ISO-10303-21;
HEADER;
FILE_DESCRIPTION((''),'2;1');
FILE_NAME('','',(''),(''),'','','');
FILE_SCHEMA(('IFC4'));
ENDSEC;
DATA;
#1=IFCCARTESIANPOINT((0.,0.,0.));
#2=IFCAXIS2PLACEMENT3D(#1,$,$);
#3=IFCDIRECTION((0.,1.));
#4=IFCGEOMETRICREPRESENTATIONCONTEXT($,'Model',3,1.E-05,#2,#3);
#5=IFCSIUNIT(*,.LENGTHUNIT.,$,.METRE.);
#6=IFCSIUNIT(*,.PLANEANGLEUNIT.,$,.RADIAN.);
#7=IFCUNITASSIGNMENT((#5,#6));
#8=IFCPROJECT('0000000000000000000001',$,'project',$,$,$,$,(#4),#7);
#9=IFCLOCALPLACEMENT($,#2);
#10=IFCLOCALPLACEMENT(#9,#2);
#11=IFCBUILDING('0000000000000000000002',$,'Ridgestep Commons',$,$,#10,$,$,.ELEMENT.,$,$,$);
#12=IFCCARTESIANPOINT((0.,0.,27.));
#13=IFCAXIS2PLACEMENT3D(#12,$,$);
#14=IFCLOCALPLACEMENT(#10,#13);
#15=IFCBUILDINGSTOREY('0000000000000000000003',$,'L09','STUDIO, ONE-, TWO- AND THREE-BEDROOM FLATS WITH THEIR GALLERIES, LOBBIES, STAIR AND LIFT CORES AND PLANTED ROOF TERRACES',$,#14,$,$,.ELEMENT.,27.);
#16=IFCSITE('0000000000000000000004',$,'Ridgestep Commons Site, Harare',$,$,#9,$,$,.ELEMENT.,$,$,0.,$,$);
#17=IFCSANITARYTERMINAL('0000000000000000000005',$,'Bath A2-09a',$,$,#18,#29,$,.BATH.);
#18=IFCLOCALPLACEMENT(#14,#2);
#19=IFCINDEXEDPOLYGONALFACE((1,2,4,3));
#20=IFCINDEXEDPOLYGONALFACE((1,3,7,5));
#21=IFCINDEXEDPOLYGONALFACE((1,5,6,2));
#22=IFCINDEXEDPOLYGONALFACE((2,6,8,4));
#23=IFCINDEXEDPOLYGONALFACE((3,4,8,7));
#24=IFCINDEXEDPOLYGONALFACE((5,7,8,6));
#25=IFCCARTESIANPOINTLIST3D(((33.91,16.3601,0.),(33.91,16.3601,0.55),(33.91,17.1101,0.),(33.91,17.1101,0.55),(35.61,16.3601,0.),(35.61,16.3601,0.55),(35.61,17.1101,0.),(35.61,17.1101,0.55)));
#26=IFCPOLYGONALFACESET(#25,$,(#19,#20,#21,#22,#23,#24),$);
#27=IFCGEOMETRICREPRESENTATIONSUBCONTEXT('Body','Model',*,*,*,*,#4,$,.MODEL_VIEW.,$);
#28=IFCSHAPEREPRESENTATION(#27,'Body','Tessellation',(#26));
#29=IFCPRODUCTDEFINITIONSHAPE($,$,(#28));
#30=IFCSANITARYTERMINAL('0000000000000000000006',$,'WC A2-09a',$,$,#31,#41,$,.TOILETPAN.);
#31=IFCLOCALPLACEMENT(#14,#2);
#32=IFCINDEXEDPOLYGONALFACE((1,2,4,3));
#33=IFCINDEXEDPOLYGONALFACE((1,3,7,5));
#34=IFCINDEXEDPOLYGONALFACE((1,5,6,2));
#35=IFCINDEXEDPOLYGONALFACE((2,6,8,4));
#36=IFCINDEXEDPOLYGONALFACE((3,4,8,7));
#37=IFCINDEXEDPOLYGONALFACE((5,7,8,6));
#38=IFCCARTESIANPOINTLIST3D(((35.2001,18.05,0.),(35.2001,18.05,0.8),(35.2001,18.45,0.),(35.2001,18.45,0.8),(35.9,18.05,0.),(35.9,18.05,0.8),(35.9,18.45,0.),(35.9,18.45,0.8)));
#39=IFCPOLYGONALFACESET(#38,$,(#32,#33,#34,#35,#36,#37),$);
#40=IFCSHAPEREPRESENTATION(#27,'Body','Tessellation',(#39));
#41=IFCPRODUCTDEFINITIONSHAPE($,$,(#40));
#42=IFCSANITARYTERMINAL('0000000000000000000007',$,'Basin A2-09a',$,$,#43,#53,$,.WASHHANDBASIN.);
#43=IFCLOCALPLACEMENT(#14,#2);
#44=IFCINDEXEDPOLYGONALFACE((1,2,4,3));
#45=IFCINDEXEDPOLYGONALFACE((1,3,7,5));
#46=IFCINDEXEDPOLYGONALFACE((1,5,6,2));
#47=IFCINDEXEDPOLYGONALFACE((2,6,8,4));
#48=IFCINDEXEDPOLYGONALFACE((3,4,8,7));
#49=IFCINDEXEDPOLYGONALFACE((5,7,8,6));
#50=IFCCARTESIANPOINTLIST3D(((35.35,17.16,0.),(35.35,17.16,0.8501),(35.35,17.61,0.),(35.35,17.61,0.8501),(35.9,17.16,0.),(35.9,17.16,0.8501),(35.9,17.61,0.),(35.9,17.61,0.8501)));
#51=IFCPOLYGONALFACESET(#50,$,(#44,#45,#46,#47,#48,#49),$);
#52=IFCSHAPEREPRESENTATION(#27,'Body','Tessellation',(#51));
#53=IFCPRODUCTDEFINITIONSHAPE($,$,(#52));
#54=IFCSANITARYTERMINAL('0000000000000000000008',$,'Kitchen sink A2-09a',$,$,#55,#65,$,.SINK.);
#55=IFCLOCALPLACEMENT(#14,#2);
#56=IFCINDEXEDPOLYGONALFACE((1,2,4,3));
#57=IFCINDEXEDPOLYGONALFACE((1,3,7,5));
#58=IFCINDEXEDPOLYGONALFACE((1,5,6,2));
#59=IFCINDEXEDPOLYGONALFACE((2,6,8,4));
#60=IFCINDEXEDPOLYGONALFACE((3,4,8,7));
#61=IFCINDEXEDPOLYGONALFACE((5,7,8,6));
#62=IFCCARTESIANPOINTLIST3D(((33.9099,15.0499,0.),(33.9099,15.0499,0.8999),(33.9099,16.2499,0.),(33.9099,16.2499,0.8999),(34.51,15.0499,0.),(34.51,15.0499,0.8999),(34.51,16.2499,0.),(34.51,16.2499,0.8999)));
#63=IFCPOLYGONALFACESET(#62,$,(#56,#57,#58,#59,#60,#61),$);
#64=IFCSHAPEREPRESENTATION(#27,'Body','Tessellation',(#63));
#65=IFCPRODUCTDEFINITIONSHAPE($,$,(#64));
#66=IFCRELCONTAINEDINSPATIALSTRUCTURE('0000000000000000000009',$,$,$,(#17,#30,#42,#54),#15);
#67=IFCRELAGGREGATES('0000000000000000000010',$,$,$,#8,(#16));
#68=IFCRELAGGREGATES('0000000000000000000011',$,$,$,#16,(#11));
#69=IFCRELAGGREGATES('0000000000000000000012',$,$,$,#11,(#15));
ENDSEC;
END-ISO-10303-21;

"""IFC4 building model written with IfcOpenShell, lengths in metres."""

from ifc_helpers import new_model, si_unit, direction, frame, origin, origin_2d, place, context, subcontext, project, spatial, rectangle, extrude, element, save


model = new_model("IFC4")

# Units and contexts
model_context = context("Model", 3, precision=1e-05, world=origin(), true_north=direction((0.0, 1.0)))
body_context = subcontext(model_context, "Body", "Model", "MODEL_VIEW")
ifc_project = project(units=[si_unit("LENGTHUNIT", "METRE"), si_unit("PLANEANGLEUNIT", "RADIAN")], contexts=[model_context])

# Site, building, storey
site_placement = place(None, origin())
site = spatial("IfcSite", under=ifc_project, at=site_placement, Name="Ridgestep Commons Site, Harare", CompositionType="ELEMENT", RefElevation=0.0)
building_placement = place(site_placement, origin())
building = spatial("IfcBuilding", under=site, at=building_placement, Name="Ridgestep Commons", CompositionType="ELEMENT")
storey_placement = place(building_placement, frame((0.0, 0.0, 27.0)))
storey = spatial("IfcBuildingStorey", under=building, at=storey_placement, Name="L09", Description="STUDIO, ONE-, TWO- AND THREE-BEDROOM FLATS WITH THEIR GALLERIES, LOBBIES, STAIR AND LIFT CORES AND PLANTED ROOF TERRACES", CompositionType="ELEMENT", Elevation=27.0)

# Sanitary terminals
sanitary_terminal_1_placement = place(storey_placement, frame((34.76, 16.7351, 0.0), z_axis=(0.0, 0.0, 1.0), x_axis=(1.0, 0.0, 0.0)))
element("IfcSanitaryTerminal", 1, at=sanitary_terminal_1_placement, inside=storey, Name="Bath A2-09a", PredefinedType="BATH", context=body_context, shape_type="SweptSolid", body=[
    extrude(rectangle(XDim=1.7, YDim=0.75, at=origin_2d()), origin(), (0.0, 0.0, 1.0), 0.55),
])
sanitary_terminal_2_placement = place(storey_placement, frame((35.55, 18.25, 0.0), z_axis=(0.0, 0.0, 1.0), x_axis=(1.0, 0.0, 0.0)))
element("IfcSanitaryTerminal", 2, at=sanitary_terminal_2_placement, inside=storey, Name="WC A2-09a", PredefinedType="TOILETPAN", context=body_context, shape_type="SweptSolid", body=[
    extrude(rectangle(XDim=0.7, YDim=0.3999, at=origin_2d()), origin(), (0.0, 0.0, 1.0), 0.8),
])
sanitary_terminal_3_placement = place(storey_placement, frame((35.625, 17.385, 0.0), z_axis=(0.0, 0.0, 1.0), x_axis=(1.0, 0.0, 0.0)))
element("IfcSanitaryTerminal", 3, at=sanitary_terminal_3_placement, inside=storey, Name="Basin A2-09a", PredefinedType="WASHHANDBASIN", context=body_context, shape_type="SweptSolid", body=[
    extrude(rectangle(XDim=0.55, YDim=0.45, at=origin_2d()), origin(), (0.0, 0.0, 1.0), 0.8501),
])
sanitary_terminal_4_placement = place(storey_placement, frame((34.21, 15.6499, 0.0), z_axis=(0.0, 0.0, 1.0), x_axis=(1.0, 0.0, 0.0)))
element("IfcSanitaryTerminal", 4, at=sanitary_terminal_4_placement, inside=storey, Name="Kitchen sink A2-09a", PredefinedType="SINK", context=body_context, shape_type="SweptSolid", body=[
    extrude(rectangle(XDim=0.6001, YDim=1.2, at=origin_2d()), origin(), (0.0, 0.0, 1.0), 0.8999),
])

save(model, "model.ifc")
